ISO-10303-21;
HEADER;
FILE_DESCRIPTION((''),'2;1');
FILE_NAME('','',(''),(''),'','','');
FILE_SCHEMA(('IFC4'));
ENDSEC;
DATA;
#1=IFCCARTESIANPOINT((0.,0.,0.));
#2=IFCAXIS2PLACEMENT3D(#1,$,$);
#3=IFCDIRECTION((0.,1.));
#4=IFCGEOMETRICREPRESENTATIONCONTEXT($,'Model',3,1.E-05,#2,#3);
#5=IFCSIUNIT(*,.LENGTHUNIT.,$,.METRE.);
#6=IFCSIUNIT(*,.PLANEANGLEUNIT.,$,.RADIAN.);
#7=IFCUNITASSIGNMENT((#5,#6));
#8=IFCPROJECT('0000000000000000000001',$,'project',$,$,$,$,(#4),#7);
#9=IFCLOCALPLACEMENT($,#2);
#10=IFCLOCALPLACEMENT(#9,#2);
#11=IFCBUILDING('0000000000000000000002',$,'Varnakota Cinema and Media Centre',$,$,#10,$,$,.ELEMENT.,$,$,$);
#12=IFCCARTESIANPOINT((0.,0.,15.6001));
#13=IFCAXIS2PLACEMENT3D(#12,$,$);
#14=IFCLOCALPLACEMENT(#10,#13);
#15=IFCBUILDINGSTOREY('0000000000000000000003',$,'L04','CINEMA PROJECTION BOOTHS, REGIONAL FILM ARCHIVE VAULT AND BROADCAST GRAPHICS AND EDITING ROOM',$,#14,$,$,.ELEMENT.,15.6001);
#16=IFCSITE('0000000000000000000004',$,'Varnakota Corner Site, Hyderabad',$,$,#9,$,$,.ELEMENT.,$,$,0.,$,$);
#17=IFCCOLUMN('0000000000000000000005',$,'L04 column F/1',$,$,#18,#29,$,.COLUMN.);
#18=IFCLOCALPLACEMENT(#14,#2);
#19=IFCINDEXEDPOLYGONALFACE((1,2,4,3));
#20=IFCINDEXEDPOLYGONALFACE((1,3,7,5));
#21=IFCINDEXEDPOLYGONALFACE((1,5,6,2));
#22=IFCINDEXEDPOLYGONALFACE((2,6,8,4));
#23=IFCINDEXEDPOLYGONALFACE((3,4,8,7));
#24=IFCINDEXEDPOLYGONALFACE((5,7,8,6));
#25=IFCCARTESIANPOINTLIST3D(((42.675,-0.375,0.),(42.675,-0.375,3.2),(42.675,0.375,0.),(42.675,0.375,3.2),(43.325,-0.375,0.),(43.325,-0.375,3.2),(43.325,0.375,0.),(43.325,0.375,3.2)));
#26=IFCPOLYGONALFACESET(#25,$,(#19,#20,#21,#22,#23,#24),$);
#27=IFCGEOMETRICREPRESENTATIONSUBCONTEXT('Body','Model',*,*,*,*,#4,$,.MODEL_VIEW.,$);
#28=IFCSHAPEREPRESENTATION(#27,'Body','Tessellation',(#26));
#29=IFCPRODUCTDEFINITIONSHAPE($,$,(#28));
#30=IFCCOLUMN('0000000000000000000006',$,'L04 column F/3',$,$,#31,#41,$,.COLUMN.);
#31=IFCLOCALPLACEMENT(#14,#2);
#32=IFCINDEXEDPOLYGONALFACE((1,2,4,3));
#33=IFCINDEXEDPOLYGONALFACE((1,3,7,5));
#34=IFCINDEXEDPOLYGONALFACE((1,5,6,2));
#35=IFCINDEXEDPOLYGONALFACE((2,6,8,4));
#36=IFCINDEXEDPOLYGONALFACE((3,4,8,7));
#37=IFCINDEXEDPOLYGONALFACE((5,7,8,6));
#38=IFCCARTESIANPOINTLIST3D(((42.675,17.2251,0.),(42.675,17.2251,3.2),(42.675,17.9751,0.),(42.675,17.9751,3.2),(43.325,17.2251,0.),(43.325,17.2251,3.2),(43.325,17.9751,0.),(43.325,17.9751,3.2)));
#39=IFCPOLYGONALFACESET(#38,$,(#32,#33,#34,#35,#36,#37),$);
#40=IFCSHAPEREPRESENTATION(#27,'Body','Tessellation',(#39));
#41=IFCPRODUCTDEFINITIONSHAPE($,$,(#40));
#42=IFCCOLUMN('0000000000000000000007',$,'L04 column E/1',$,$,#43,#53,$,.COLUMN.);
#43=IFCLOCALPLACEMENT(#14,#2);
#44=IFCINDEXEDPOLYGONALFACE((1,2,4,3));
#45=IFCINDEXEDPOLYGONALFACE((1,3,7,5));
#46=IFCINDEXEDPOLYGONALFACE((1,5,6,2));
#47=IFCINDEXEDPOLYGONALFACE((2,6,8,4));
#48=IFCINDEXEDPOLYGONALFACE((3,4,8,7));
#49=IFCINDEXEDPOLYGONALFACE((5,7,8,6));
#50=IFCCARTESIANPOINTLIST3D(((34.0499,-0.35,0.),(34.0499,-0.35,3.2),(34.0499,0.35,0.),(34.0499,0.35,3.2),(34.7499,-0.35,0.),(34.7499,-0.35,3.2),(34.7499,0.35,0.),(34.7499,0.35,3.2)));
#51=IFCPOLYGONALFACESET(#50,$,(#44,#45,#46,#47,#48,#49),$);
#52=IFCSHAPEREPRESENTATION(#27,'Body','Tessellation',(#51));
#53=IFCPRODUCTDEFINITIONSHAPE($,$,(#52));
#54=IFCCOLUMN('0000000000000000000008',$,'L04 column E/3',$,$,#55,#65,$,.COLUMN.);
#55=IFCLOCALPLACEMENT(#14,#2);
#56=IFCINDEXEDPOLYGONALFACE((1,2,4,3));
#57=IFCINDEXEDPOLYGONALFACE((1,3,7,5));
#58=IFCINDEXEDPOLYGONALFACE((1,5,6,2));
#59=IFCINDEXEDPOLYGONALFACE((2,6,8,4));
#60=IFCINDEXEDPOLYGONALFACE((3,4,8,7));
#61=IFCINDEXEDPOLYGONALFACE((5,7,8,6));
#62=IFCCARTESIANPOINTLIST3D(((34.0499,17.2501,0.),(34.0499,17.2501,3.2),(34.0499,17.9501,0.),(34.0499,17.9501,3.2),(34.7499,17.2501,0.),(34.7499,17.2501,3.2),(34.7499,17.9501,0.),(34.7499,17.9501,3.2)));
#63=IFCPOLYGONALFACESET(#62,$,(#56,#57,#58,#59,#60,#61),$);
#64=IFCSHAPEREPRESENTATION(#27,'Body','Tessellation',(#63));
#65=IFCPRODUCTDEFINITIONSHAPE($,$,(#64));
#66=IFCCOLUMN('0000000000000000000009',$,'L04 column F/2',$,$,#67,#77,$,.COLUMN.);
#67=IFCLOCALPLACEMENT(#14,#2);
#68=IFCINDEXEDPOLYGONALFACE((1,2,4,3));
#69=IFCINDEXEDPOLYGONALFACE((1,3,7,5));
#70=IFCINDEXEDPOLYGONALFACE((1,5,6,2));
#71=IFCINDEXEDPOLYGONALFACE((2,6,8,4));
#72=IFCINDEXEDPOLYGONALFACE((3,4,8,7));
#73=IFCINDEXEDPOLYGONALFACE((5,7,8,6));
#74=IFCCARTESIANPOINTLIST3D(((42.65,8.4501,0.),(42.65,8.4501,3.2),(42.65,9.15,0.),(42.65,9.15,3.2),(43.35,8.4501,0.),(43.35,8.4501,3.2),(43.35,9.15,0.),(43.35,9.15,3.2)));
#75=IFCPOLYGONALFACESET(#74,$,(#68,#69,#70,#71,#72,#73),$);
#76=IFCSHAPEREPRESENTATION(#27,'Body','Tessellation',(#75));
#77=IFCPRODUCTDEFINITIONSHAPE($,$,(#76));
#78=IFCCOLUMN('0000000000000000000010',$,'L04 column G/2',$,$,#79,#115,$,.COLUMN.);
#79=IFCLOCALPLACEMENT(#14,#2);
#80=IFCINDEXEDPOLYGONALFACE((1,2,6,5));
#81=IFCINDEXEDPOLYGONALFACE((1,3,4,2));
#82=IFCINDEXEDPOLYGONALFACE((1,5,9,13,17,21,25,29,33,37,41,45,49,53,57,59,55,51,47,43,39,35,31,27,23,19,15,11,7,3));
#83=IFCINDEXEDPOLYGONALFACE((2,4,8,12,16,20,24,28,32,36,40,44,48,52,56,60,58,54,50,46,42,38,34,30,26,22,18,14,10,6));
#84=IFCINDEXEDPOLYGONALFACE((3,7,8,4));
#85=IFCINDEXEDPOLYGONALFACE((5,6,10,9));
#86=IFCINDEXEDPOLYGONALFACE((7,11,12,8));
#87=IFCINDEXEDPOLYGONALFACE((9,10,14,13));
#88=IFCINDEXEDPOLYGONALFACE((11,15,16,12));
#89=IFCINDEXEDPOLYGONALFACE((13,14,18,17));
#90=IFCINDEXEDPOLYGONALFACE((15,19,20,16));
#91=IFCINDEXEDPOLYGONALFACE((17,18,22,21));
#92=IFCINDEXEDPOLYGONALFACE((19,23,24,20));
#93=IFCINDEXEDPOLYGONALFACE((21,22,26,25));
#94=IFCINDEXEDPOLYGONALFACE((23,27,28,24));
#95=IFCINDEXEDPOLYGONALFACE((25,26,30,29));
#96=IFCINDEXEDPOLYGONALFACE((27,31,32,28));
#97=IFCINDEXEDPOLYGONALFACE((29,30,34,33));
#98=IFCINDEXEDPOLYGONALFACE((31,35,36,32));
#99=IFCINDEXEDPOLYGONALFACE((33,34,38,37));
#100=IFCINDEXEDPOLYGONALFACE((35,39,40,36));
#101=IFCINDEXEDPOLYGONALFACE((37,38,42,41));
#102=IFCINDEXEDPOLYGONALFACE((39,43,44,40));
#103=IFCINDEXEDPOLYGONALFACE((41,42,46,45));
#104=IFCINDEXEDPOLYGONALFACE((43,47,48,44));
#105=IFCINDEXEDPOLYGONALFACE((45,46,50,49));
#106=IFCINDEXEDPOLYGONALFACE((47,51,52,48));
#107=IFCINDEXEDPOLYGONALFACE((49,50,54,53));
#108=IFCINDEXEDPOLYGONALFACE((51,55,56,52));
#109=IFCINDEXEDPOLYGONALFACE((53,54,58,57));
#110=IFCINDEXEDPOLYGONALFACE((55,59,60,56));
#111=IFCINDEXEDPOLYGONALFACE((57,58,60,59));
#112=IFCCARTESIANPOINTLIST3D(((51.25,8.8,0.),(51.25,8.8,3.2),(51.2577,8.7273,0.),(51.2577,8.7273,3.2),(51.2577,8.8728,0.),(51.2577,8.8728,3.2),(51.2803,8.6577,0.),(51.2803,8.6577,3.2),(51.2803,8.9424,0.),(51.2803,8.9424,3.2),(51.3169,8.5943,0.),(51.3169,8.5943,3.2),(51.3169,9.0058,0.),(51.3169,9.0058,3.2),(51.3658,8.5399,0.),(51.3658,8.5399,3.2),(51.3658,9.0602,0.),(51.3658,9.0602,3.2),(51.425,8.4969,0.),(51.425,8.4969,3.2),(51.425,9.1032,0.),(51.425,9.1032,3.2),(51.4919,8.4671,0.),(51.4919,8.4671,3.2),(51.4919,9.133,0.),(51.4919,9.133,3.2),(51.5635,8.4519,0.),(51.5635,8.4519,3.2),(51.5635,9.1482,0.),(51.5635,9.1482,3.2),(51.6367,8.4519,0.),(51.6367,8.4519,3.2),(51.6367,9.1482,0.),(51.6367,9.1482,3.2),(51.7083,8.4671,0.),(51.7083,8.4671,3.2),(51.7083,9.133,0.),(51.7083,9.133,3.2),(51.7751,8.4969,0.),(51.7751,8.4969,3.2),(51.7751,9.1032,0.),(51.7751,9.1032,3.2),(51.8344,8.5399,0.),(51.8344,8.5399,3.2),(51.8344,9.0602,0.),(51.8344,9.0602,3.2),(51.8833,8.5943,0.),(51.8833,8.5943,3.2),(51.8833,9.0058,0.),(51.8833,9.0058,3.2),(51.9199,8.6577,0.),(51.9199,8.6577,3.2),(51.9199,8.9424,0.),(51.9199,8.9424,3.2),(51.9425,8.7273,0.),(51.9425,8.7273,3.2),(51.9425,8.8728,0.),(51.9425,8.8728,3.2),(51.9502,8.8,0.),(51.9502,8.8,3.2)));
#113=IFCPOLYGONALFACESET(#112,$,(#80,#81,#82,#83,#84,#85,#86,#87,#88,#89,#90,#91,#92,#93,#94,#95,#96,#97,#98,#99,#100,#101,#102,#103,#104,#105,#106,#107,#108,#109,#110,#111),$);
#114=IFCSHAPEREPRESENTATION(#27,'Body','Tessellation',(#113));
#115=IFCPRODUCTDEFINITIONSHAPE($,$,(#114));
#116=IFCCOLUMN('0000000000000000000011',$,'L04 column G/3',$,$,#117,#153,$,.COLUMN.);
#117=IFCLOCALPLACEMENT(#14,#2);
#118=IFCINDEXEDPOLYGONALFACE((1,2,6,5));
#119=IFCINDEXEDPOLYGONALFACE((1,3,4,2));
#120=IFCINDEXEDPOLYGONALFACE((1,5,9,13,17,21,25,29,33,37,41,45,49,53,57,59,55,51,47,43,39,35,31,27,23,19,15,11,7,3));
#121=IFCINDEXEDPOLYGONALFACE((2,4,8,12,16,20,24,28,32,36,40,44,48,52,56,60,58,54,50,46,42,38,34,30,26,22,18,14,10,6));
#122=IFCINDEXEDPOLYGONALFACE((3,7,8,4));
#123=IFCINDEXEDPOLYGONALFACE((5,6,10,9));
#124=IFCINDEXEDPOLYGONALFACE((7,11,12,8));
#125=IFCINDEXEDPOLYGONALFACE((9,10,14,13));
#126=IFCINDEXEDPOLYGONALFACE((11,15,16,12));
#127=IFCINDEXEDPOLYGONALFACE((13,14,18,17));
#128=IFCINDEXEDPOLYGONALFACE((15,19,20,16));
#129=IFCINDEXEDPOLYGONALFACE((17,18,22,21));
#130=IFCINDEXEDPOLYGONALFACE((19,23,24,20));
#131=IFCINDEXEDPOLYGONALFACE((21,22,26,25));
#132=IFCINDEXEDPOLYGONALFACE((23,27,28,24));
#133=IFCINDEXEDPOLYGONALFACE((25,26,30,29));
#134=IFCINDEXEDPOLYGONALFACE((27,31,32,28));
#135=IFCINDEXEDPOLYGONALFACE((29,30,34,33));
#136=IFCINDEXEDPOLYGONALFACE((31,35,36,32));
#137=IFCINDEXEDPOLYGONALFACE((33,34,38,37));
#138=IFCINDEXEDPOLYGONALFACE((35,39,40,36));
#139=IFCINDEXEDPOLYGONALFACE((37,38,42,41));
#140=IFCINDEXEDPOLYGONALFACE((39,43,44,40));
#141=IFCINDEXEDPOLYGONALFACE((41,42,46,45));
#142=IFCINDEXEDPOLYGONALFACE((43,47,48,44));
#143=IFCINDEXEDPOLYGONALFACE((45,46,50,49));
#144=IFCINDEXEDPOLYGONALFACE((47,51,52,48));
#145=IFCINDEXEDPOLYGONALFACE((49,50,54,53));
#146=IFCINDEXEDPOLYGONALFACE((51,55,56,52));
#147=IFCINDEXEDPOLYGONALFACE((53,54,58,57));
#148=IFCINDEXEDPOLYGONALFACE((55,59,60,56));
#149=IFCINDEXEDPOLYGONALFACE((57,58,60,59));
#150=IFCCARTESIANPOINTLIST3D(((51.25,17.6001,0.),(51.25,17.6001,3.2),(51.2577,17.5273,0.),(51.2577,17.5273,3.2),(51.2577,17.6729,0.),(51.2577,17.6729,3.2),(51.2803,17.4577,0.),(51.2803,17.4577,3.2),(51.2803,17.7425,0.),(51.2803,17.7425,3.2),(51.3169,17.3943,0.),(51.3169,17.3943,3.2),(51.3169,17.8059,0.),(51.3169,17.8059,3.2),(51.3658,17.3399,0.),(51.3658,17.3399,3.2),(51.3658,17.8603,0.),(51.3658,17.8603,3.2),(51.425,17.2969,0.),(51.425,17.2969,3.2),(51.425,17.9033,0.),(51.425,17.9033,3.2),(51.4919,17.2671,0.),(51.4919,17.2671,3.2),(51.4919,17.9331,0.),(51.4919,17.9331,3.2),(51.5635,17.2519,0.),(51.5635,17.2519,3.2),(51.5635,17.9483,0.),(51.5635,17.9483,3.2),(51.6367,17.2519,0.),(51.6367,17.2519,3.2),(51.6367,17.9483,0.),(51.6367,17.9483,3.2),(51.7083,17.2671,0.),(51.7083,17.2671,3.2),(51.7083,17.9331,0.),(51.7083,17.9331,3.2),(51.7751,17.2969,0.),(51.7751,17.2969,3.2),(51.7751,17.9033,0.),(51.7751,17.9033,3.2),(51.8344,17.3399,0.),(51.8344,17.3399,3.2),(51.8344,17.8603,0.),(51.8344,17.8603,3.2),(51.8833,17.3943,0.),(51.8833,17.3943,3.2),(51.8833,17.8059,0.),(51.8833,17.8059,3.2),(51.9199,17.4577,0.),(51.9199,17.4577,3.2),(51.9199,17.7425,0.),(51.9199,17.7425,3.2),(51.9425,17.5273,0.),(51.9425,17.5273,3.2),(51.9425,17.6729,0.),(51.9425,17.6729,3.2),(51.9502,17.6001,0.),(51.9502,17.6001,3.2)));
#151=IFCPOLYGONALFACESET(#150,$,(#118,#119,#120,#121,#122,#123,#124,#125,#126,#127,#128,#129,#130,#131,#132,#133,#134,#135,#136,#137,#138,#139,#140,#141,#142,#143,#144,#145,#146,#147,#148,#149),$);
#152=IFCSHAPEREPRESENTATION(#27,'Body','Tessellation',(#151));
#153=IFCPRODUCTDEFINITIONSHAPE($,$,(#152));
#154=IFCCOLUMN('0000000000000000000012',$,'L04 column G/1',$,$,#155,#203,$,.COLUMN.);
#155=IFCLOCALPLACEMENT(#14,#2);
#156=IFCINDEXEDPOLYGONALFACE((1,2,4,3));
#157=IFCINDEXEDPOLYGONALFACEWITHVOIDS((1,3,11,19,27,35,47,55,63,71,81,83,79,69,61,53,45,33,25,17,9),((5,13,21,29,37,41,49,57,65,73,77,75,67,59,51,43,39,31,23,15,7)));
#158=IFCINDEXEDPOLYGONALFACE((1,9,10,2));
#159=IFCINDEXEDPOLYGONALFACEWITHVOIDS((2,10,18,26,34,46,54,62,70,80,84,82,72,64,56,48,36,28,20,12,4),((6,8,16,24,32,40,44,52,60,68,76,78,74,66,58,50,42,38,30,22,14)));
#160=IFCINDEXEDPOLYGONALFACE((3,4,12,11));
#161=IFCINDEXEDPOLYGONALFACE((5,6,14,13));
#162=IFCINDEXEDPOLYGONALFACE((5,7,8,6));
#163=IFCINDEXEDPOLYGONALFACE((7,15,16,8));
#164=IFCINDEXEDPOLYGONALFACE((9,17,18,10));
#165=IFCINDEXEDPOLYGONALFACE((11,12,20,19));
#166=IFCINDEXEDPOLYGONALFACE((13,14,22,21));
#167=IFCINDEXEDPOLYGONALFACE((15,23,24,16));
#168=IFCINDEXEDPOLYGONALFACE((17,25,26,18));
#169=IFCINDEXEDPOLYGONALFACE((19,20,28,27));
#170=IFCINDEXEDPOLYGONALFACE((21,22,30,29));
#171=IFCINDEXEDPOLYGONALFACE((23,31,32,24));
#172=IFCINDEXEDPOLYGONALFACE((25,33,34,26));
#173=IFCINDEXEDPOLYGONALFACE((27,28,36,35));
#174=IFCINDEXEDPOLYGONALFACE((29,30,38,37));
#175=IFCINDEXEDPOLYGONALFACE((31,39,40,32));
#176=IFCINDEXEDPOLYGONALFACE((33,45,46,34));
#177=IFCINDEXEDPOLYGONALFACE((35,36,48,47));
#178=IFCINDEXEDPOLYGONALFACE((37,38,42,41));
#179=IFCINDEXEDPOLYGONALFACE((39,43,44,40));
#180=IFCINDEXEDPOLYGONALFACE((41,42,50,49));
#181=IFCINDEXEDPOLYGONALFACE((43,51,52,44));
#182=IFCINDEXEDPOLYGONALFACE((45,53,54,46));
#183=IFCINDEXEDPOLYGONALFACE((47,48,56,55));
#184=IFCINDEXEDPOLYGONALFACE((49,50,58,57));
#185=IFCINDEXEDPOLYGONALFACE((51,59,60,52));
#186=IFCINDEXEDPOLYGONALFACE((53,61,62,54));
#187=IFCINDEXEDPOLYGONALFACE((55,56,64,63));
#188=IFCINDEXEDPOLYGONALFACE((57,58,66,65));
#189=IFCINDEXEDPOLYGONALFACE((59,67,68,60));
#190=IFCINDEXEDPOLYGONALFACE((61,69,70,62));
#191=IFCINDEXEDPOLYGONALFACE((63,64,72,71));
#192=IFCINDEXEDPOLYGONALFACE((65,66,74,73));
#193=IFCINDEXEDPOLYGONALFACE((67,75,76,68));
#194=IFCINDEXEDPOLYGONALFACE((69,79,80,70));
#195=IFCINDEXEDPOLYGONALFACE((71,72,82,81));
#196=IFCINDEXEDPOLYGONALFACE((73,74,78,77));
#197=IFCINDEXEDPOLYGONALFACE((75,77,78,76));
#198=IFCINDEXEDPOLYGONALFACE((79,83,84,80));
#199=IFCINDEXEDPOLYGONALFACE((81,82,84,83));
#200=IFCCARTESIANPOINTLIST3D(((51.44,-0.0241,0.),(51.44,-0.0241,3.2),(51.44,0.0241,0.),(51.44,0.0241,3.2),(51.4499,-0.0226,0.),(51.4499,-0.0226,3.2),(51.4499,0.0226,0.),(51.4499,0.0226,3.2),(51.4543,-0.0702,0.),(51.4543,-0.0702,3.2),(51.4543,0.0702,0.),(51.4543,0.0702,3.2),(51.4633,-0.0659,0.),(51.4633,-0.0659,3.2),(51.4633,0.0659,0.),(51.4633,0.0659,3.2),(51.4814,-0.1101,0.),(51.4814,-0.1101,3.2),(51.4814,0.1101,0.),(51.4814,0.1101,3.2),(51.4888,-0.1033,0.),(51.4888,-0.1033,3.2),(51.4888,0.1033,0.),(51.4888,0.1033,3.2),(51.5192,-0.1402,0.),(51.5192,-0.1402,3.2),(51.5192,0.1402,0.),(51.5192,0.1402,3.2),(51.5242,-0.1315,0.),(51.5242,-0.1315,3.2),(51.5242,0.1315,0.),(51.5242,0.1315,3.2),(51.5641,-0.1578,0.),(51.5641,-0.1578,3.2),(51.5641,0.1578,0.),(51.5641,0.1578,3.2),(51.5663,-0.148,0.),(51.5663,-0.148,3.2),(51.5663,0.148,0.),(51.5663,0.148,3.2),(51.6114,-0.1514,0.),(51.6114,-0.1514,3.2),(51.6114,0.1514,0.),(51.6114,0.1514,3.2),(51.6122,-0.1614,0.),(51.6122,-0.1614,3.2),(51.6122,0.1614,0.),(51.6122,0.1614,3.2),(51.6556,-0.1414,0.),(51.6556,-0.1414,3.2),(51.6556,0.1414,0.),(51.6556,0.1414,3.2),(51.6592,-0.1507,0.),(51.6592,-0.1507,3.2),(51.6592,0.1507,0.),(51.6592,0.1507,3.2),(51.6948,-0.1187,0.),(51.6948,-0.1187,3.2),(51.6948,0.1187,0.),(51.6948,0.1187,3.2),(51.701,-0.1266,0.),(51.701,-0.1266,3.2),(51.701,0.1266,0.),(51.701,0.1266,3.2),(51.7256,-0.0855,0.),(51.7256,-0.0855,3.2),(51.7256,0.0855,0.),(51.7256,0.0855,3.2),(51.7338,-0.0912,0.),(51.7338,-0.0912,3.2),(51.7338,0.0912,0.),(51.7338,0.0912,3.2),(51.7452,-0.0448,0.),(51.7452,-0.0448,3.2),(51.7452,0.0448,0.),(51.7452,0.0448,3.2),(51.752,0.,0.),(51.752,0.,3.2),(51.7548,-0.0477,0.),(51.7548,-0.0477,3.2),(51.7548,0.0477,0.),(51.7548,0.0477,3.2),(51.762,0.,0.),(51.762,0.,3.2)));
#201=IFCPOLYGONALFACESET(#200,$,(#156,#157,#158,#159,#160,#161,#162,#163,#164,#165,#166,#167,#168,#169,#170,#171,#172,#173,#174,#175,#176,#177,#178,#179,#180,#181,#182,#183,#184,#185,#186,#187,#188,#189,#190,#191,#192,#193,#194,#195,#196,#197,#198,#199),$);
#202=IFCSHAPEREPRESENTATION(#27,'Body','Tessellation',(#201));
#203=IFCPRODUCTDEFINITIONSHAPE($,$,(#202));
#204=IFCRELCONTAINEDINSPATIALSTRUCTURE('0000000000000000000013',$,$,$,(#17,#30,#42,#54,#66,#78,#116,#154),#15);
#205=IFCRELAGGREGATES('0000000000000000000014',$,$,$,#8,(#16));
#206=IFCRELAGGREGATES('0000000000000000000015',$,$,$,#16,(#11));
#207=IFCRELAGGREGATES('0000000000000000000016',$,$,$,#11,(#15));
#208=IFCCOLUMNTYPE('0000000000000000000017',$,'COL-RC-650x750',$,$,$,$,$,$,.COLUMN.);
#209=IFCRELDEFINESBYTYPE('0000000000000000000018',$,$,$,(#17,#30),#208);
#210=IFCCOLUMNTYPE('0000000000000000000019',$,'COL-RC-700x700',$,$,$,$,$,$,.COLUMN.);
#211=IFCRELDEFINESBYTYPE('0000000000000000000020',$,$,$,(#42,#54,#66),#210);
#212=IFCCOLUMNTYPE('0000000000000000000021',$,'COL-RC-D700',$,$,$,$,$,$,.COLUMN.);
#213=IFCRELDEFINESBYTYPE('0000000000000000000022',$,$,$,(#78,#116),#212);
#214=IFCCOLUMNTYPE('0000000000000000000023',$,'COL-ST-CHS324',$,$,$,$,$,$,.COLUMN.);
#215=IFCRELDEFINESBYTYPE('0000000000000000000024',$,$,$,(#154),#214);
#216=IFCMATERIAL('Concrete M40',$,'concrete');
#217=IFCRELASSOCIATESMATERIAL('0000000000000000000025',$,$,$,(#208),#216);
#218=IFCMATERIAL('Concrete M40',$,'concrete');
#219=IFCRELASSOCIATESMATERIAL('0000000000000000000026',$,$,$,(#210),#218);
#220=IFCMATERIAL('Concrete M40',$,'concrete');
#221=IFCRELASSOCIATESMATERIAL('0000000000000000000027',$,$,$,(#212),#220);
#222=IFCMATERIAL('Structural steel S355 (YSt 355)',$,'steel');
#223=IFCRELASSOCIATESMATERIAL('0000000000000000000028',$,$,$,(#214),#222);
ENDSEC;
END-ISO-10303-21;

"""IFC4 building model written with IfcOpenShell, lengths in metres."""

from ifc_helpers import new_model, si_unit, direction, frame, origin, origin_2d, place, context, subcontext, project, spatial, rectangle, circle, hollow_circle, extrude, material, material_profile, profile_set, type_object, element, save


model = new_model("IFC4")

# Units and contexts
model_context = context("Model", 3, precision=1e-05, world=origin(), true_north=direction((0.0, 1.0)))
body_context = subcontext(model_context, "Body", "Model", "MODEL_VIEW")
ifc_project = project(units=[si_unit("LENGTHUNIT", "METRE"), si_unit("PLANEANGLEUNIT", "RADIAN")], contexts=[model_context])

# Site, building, storey
site_placement = place(None, origin())
site = spatial("IfcSite", under=ifc_project, at=site_placement, Name="Varnakota Corner Site, Hyderabad", CompositionType="ELEMENT", RefElevation=0.0)
building_placement = place(site_placement, origin())
building = spatial("IfcBuilding", under=site, at=building_placement, Name="Varnakota Cinema and Media Centre", CompositionType="ELEMENT")
storey_placement = place(building_placement, frame((0.0, 0.0, 15.6001)))
storey = spatial("IfcBuildingStorey", under=building, at=storey_placement, Name="L04", Description="CINEMA PROJECTION BOOTHS, REGIONAL FILM ARCHIVE VAULT AND BROADCAST GRAPHICS AND EDITING ROOM", CompositionType="ELEMENT", Elevation=15.6001)

# Columns
ifc_material_1 = material(Name="Concrete M40", Category="concrete")
ifc_material_profile_1 = material_profile(ifc_material_1, rectangle(XDim=0.6499, YDim=0.75, at=origin_2d()), Name="RC 650x750")
ifc_profile_set_1 = profile_set([ifc_material_profile_1], Name="Concrete M40")
column_type_1 = type_object("IfcColumnType", Name="COL-RC-650x750", PredefinedType="COLUMN", material=ifc_profile_set_1)
for number, where, z_axis, x_axis, name in (
    (1, (43.0, 0.0, 0.0), (0.0, 0.0, 1.0), (1.0, 0.0, 0.0), "L04 column F/1"),
    (2, (43.0, 17.6001, 0.0), (0.0, 0.0, 1.0), (1.0, 0.0, 0.0), "L04 column F/3"),
):
    element("IfcColumn", number, at=place(storey_placement, frame(where, z_axis=z_axis, x_axis=x_axis)), inside=storey, type_object=column_type_1, Name=name, PredefinedType="COLUMN", context=body_context, shape_type="SweptSolid", body=[
        extrude(rectangle(XDim=0.6499, YDim=0.75, at=origin_2d()), origin(), (0.0, 0.0, 1.0), 3.2),
    ])
ifc_material_2 = material(Name="Concrete M40", Category="concrete")
ifc_material_profile_2 = material_profile(ifc_material_2, rectangle(XDim=0.7, YDim=0.7, at=origin_2d()), Name="RC 700x700")
ifc_profile_set_2 = profile_set([ifc_material_profile_2], Name="Concrete M40")
column_type_2 = type_object("IfcColumnType", Name="COL-RC-700x700", PredefinedType="COLUMN", material=ifc_profile_set_2)
for number, where, z_axis, x_axis, name in (
    (3, (34.3999, 0.0, 0.0), (0.0, 0.0, 1.0), (1.0, 0.0, 0.0), "L04 column E/1"),
    (4, (34.3999, 17.6001, 0.0), (0.0, 0.0, 1.0), (1.0, 0.0, 0.0), "L04 column E/3"),
    (5, (43.0, 8.8, 0.0), (0.0, 0.0, 1.0), (1.0, 0.0, 0.0), "L04 column F/2"),
):
    element("IfcColumn", number, at=place(storey_placement, frame(where, z_axis=z_axis, x_axis=x_axis)), inside=storey, type_object=column_type_2, Name=name, PredefinedType="COLUMN", context=body_context, shape_type="SweptSolid", body=[
        extrude(rectangle(XDim=0.7, YDim=0.7, at=origin_2d()), origin(), (0.0, 0.0, 1.0), 3.2),
    ])
ifc_material_3 = material(Name="Concrete M40", Category="concrete")
ifc_material_profile_3 = material_profile(ifc_material_3, circle(Radius=0.3501, at=origin_2d()), Name="RC D700")
ifc_profile_set_3 = profile_set([ifc_material_profile_3], Name="Concrete M40")
column_type_3 = type_object("IfcColumnType", Name="COL-RC-D700", PredefinedType="COLUMN", material=ifc_profile_set_3)
for number, where, z_axis, x_axis, name in (
    (6, (51.6001, 8.8, 0.0), (0.0, 0.0, 1.0), (1.0, 0.0, 0.0), "L04 column G/2"),
    (7, (51.6001, 17.6001, 0.0), (0.0, 0.0, 1.0), (1.0, 0.0, 0.0), "L04 column G/3"),
):
    element("IfcColumn", number, at=place(storey_placement, frame(where, z_axis=z_axis, x_axis=x_axis)), inside=storey, type_object=column_type_3, Name=name, PredefinedType="COLUMN", context=body_context, shape_type="SweptSolid", body=[
        extrude(circle(Radius=0.3501, at=origin_2d()), origin(), (0.0, 0.0, 1.0), 3.2),
    ])
ifc_material_4 = material(Name="Structural steel S355 (YSt 355)", Category="steel")
ifc_material_profile_4 = material_profile(ifc_material_4, hollow_circle(Radius=0.1619, WallThickness=0.01, at=origin_2d()), Name="CHS 323.9x10.0")
ifc_profile_set_4 = profile_set([ifc_material_profile_4], Name="Structural steel S355 (YSt 355)")
column_type_4 = type_object("IfcColumnType", Name="COL-ST-CHS324", PredefinedType="COLUMN", material=ifc_profile_set_4)
column_placement = place(storey_placement, frame((51.6001, 0.0, 0.0), z_axis=(0.0, 0.0, 1.0), x_axis=(1.0, 0.0, 0.0)))
element("IfcColumn", 8, at=column_placement, inside=storey, type_object=column_type_4, Name="L04 column G/1", PredefinedType="COLUMN", context=body_context, shape_type="SweptSolid", body=[
    extrude(hollow_circle(Radius=0.1619, WallThickness=0.01, at=origin_2d()), origin(), (0.0, 0.0, 1.0), 3.2),
])

save(model, "model.ifc")
